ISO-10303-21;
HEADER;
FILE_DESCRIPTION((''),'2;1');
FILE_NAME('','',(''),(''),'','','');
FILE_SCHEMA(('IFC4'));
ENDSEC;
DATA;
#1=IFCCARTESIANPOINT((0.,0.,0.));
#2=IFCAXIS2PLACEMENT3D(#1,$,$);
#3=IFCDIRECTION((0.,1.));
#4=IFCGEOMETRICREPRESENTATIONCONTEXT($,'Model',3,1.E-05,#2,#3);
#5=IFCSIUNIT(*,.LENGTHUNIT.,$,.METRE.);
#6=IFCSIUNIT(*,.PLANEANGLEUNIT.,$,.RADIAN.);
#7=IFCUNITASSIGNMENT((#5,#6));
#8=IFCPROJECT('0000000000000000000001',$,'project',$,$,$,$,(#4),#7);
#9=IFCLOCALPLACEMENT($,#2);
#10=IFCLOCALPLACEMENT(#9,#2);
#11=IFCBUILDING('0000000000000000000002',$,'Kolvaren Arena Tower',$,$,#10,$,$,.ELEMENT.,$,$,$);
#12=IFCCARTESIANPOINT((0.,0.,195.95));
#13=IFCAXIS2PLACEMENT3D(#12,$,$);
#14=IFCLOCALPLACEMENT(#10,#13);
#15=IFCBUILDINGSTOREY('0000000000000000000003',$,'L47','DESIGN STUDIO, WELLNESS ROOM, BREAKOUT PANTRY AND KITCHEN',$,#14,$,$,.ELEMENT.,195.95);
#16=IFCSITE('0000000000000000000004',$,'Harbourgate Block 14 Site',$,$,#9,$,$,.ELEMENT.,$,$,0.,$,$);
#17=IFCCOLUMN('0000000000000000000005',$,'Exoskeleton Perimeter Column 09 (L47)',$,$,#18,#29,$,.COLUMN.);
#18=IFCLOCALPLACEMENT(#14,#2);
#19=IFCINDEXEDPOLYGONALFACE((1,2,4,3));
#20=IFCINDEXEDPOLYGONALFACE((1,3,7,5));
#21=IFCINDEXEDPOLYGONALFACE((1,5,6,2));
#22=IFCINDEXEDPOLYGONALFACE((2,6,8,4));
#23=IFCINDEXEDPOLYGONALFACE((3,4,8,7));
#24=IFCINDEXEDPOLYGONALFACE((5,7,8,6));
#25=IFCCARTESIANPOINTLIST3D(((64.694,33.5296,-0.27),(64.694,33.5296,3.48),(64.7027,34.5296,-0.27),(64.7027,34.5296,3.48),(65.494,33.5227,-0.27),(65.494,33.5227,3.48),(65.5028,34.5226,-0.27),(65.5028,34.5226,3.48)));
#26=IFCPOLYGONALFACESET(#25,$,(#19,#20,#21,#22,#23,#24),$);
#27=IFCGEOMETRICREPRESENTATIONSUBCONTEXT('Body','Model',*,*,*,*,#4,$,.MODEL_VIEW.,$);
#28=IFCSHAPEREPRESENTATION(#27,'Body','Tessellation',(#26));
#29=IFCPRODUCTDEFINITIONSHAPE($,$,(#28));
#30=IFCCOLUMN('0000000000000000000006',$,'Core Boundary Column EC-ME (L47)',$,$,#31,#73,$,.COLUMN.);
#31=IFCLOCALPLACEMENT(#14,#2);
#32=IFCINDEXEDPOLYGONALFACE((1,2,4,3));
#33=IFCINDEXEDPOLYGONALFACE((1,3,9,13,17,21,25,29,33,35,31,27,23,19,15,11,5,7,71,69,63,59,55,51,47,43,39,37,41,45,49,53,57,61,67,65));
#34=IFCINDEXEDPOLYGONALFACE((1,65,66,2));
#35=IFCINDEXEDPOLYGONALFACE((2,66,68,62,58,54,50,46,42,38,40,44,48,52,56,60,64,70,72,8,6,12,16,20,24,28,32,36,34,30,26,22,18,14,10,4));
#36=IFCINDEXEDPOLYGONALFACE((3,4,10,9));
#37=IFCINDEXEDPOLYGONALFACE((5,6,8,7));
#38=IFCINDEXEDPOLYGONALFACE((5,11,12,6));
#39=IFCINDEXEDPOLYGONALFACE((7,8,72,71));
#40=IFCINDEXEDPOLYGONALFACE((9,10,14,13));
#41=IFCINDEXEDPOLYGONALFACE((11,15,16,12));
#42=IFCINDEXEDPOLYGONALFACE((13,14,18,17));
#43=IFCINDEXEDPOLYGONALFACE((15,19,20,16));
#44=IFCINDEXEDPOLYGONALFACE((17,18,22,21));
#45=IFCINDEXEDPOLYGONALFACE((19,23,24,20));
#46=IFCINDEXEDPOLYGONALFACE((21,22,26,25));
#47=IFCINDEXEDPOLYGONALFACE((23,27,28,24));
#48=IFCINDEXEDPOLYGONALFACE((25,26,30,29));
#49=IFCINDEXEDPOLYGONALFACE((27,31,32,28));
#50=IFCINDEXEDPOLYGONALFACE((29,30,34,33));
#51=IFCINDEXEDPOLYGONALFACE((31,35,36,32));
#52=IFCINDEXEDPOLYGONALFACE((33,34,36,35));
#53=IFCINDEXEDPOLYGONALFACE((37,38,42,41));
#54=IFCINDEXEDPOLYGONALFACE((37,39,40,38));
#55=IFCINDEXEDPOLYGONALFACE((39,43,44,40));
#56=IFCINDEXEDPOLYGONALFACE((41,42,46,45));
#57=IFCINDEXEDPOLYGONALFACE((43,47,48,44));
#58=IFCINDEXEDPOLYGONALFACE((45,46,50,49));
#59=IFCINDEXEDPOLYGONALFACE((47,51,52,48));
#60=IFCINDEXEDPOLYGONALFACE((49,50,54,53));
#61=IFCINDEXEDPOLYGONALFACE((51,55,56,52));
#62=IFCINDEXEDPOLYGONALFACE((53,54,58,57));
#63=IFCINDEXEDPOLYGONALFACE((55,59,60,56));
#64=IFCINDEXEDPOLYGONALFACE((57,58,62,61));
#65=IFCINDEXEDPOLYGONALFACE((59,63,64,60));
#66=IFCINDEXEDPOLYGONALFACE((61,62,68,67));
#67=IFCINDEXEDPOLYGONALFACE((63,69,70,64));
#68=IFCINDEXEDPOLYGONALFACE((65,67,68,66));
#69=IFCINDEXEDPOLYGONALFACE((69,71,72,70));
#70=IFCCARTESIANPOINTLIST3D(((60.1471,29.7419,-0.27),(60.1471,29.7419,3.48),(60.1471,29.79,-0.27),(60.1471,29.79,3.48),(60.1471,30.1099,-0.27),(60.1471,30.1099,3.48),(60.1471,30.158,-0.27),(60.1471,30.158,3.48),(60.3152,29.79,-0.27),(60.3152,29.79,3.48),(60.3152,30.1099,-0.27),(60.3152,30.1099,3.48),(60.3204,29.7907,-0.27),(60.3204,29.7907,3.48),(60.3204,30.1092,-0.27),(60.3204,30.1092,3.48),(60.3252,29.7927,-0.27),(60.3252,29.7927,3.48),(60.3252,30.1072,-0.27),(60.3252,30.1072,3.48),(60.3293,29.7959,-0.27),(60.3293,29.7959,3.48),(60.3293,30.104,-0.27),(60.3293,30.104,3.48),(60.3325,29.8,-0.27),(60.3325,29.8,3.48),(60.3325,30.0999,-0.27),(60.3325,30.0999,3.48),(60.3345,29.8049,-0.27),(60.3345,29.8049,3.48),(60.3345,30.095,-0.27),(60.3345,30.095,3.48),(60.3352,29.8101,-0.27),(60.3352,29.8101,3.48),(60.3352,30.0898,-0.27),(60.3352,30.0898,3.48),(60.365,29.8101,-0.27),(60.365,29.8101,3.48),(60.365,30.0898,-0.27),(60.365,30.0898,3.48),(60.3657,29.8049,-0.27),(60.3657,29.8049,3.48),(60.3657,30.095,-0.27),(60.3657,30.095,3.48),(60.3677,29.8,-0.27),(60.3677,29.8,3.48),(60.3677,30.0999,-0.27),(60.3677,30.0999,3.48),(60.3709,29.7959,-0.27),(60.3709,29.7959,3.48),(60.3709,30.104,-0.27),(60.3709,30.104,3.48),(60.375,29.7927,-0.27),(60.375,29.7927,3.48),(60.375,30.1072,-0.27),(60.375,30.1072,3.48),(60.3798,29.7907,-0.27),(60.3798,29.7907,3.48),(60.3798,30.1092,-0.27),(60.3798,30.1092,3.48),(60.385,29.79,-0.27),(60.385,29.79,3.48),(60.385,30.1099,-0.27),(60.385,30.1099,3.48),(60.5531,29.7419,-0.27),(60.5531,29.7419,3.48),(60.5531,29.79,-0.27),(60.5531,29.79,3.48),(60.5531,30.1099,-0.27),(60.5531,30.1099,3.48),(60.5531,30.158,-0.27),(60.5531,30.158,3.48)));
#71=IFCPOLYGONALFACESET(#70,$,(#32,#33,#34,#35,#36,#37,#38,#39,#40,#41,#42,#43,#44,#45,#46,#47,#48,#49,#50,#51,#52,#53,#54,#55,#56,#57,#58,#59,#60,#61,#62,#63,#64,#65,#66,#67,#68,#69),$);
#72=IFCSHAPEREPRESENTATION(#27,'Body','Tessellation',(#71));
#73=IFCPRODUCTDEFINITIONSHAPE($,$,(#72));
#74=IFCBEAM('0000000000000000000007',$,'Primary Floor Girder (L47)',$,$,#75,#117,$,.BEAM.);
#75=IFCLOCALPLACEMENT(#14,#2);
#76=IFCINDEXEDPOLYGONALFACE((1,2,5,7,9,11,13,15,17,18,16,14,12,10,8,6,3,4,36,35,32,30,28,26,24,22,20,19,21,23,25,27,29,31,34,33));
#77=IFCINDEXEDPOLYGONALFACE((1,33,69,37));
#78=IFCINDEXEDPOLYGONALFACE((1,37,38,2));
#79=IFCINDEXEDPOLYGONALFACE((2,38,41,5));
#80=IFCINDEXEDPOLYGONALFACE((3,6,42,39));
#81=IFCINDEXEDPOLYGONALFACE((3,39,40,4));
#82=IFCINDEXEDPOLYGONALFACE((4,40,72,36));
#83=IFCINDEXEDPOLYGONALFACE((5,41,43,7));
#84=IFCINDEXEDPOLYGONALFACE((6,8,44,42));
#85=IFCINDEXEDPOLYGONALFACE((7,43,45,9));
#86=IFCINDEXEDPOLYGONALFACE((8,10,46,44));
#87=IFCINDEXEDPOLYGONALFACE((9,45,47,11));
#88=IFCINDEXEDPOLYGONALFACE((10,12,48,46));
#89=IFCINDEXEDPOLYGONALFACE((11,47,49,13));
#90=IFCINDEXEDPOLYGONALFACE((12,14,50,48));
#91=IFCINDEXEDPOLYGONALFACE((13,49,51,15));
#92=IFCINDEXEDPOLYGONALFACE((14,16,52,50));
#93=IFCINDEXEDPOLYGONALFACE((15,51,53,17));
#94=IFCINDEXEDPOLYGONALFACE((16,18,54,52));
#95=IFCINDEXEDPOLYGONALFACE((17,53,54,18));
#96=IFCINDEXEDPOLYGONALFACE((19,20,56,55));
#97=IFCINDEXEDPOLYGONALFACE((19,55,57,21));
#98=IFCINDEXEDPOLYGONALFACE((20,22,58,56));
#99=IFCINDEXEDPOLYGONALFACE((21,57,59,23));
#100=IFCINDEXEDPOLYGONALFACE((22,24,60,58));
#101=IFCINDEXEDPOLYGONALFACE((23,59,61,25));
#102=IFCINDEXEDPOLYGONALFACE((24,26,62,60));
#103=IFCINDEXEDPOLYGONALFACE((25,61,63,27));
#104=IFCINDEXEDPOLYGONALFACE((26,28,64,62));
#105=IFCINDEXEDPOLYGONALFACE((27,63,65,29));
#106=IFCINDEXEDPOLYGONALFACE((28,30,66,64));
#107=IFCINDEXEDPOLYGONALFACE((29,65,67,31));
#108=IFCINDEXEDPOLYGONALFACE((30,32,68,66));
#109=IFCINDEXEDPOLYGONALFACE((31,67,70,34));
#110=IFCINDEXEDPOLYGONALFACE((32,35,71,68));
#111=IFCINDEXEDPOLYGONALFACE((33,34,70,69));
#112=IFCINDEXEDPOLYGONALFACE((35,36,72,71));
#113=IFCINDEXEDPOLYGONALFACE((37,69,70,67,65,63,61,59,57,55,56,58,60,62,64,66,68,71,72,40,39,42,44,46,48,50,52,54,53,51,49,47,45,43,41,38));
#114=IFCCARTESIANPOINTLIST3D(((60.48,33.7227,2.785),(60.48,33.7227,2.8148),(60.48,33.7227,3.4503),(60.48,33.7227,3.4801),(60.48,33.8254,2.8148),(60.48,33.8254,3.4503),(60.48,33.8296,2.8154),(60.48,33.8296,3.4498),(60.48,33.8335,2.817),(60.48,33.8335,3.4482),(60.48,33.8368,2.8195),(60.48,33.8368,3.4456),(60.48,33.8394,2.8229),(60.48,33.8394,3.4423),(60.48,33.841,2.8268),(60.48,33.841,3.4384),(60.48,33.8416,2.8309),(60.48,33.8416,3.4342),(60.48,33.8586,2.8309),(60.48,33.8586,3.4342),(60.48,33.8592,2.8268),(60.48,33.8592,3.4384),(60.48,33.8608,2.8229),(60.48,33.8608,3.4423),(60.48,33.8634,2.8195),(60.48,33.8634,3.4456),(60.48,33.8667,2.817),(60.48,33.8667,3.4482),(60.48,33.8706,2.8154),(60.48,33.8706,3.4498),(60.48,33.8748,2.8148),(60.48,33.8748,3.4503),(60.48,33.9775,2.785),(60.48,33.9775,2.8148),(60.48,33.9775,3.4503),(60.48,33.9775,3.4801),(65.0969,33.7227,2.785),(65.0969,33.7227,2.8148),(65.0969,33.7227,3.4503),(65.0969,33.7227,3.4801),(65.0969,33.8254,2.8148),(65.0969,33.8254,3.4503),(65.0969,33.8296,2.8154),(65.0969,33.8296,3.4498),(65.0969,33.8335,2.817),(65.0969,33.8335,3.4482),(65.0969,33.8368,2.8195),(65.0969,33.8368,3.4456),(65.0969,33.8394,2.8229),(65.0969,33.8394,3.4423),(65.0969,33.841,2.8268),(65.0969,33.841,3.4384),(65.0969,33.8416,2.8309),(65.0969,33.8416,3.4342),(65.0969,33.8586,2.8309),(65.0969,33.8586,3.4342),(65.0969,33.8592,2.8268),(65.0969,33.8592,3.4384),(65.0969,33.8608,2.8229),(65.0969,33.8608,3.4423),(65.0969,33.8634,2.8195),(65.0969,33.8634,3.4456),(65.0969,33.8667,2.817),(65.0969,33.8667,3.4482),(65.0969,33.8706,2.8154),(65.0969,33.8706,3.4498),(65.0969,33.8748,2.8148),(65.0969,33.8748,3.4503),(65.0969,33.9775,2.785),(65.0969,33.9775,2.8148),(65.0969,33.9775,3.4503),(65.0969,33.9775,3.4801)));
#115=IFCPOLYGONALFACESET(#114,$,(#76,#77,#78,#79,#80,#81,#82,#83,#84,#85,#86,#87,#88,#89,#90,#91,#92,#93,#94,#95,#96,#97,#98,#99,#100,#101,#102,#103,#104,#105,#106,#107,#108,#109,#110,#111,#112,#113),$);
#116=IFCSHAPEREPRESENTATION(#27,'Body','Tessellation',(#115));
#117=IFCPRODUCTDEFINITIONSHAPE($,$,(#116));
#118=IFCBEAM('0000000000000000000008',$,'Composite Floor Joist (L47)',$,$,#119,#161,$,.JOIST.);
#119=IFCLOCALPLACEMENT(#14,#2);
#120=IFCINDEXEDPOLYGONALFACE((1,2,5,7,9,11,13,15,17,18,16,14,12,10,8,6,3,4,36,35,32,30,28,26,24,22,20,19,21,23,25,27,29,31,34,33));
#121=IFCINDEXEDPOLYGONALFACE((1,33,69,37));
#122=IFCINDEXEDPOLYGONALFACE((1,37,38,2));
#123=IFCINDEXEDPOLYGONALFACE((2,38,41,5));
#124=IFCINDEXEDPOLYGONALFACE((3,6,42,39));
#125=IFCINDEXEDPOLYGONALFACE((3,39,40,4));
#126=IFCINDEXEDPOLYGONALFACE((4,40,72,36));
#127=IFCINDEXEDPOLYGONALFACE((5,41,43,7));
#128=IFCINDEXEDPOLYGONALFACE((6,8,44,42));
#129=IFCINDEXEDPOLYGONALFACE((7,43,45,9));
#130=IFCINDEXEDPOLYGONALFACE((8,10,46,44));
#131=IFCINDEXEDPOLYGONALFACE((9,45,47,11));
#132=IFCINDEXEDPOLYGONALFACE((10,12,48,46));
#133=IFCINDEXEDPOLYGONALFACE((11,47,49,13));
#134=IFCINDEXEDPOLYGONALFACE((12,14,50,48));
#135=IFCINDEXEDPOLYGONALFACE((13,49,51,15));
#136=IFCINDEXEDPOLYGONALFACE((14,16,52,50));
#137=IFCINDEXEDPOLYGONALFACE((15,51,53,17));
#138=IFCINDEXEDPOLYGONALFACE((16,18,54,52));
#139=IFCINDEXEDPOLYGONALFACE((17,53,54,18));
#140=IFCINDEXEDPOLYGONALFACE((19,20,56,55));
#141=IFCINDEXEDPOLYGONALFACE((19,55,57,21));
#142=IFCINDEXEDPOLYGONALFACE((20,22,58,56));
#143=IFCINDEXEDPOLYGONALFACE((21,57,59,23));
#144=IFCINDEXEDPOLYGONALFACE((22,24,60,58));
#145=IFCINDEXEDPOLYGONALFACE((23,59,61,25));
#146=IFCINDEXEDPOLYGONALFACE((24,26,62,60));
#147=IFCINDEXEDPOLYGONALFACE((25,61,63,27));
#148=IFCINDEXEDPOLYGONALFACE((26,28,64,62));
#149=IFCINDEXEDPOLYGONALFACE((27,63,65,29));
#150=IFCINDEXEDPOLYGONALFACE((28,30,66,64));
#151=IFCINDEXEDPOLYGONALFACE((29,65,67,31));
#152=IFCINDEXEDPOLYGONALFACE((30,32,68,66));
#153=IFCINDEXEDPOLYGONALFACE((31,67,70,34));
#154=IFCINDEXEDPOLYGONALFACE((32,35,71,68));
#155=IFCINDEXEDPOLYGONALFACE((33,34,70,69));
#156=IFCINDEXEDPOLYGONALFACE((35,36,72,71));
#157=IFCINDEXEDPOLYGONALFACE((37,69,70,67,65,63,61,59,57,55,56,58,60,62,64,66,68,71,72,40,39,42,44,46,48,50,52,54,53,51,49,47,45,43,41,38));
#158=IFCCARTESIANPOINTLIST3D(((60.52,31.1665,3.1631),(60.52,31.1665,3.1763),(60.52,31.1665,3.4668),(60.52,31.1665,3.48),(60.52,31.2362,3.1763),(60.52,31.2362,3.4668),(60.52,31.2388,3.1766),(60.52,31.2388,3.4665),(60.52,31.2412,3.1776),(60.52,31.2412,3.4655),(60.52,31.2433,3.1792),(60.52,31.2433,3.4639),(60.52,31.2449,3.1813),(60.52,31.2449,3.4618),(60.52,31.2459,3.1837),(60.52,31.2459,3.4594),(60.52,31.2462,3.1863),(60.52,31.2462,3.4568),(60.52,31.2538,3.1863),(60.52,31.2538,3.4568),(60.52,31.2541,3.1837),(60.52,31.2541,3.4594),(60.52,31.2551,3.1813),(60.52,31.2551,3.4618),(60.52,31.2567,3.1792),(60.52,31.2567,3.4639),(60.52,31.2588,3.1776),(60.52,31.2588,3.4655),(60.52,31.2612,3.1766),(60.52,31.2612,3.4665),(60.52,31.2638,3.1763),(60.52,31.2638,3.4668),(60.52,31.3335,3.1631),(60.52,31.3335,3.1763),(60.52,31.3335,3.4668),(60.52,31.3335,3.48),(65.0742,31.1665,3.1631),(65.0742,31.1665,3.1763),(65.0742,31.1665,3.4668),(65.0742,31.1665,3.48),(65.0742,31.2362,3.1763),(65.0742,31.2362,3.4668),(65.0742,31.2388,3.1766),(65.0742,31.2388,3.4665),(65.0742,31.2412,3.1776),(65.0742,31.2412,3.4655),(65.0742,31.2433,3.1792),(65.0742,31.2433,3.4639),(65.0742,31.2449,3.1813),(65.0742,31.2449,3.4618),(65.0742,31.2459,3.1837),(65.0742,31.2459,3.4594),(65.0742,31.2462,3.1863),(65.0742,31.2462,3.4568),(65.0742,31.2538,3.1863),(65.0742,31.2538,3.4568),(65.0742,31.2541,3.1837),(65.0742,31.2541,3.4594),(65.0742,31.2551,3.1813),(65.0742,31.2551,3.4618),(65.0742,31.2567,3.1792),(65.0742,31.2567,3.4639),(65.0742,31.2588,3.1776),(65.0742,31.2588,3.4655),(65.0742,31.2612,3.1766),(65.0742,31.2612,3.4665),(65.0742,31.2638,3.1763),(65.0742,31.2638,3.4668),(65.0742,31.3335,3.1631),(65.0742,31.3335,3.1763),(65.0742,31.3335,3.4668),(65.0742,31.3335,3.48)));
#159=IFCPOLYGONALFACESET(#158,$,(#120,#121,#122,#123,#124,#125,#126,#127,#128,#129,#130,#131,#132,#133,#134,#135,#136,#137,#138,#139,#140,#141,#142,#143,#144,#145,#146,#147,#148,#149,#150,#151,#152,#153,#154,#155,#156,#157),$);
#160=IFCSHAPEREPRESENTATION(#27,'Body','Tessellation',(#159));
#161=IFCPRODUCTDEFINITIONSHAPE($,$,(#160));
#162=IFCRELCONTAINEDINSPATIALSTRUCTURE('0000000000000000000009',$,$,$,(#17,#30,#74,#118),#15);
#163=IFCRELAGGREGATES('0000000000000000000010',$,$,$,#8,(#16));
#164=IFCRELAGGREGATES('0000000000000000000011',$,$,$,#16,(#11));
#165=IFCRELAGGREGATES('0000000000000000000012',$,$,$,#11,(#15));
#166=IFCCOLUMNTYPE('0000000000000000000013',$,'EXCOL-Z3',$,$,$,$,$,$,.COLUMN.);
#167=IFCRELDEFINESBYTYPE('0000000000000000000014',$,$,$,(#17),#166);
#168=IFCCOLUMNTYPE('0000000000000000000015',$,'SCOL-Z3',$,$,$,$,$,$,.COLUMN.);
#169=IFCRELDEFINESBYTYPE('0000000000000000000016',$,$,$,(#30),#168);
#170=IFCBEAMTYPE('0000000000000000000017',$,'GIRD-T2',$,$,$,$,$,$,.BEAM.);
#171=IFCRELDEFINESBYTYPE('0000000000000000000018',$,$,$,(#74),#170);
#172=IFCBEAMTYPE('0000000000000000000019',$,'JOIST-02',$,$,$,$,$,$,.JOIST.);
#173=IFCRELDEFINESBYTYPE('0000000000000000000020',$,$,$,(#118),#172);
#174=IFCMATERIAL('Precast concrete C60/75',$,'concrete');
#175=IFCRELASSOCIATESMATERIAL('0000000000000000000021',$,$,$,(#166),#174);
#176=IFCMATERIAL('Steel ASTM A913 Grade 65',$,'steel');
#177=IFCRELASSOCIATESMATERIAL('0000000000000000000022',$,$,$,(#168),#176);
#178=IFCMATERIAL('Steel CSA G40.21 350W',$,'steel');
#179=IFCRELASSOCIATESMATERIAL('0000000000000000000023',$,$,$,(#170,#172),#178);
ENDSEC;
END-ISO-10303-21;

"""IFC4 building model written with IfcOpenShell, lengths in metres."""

from ifc_helpers import new_model, si_unit, direction, frame, origin, origin_2d, place, context, subcontext, project, spatial, rectangle, i_section, extrude, material, material_profile, profile_set, type_object, element, save


model = new_model("IFC4")

# Units and contexts
model_context = context("Model", 3, precision=1e-05, world=origin(), true_north=direction((0.0, 1.0)))
body_context = subcontext(model_context, "Body", "Model", "MODEL_VIEW")
ifc_project = project(units=[si_unit("LENGTHUNIT", "METRE"), si_unit("PLANEANGLEUNIT", "RADIAN")], contexts=[model_context])

# Site, building, storey
site_placement = place(None, origin())
site = spatial("IfcSite", under=ifc_project, at=site_placement, Name="Harbourgate Block 14 Site", CompositionType="ELEMENT", RefElevation=0.0)
building_placement = place(site_placement, origin())
building = spatial("IfcBuilding", under=site, at=building_placement, Name="Kolvaren Arena Tower", CompositionType="ELEMENT")
storey_placement = place(building_placement, frame((0.0, 0.0, 195.95)))
storey = spatial("IfcBuildingStorey", under=building, at=storey_placement, Name="L47", Description="DESIGN STUDIO, WELLNESS ROOM, BREAKOUT PANTRY AND KITCHEN", CompositionType="ELEMENT", Elevation=195.95)

# Columns
ifc_material_1 = material(Name="Precast concrete C60/75", Category="concrete")
ifc_material_profile_1 = material_profile(ifc_material_1, rectangle(XDim=1.0, YDim=0.8, at=origin_2d()), Name="RC-1000x800")
ifc_profile_set_1 = profile_set([ifc_material_profile_1], Name="Precast concrete C60/75")
column_type_1 = type_object("IfcColumnType", Name="EXCOL-Z3", PredefinedType="COLUMN", material=ifc_profile_set_1)
column_1_placement = place(storey_placement, frame((65.0984, 34.0261, -0.27), z_axis=(0.0, 0.0, 1.0), x_axis=(0.008727, 0.999962, 0.0)))
element("IfcColumn", 1, at=column_1_placement, inside=storey, type_object=column_type_1, Name="Exoskeleton Perimeter Column 09 (L47)", PredefinedType="COLUMN", context=body_context, shape_type="SweptSolid", body=[
    extrude(rectangle(XDim=1.0, YDim=0.8, at=origin_2d()), origin(), (0.0, 0.0, 1.0), 3.75),
])
ifc_material_2 = material(Name="Steel ASTM A913 Grade 65", Category="steel")
ifc_material_profile_2 = material_profile(ifc_material_2, i_section(OverallWidth=0.406, OverallDepth=0.416, WebThickness=0.0298, FlangeThickness=0.0481, FilletRadius=0.02, at=origin_2d()), Name="W360x382")
ifc_profile_set_2 = profile_set([ifc_material_profile_2], Name="Steel ASTM A913 Grade 65")
column_type_2 = type_object("IfcColumnType", Name="SCOL-Z3", PredefinedType="COLUMN", material=ifc_profile_set_2)
column_2_placement = place(storey_placement, frame((60.3501, 29.95, -0.27), z_axis=(0.0, 0.0, 1.0), x_axis=(1.0, 0.0, 0.0)))
element("IfcColumn", 2, at=column_2_placement, inside=storey, type_object=column_type_2, Name="Core Boundary Column EC-ME (L47)", PredefinedType="COLUMN", context=body_context, shape_type="SweptSolid", body=[
    extrude(i_section(OverallWidth=0.406, OverallDepth=0.416, WebThickness=0.0298, FlangeThickness=0.0481, FilletRadius=0.02, at=origin_2d()), origin(), (0.0, 0.0, 1.0), 3.75),
])

# Beams
ifc_material_3 = material(Name="Steel CSA G40.21 350W", Category="steel")
ifc_material_profile_3 = material_profile(ifc_material_3, i_section(OverallWidth=0.2549, OverallDepth=0.6951, WebThickness=0.0171, FlangeThickness=0.0298, FilletRadius=0.0161, at=origin_2d()), Name="W690x217")
ifc_profile_set_3 = profile_set([ifc_material_profile_3], Name="Steel CSA G40.21 350W")
beam_type_1 = type_object("IfcBeamType", Name="GIRD-T2", PredefinedType="BEAM", material=ifc_profile_set_3)
beam_1_placement = place(storey_placement, frame((60.48, 33.8501, 3.1326), z_axis=(1.0, 0.0, 0.0), x_axis=(0.0, 1.0, 0.0)))
element("IfcBeam", 3, at=beam_1_placement, inside=storey, type_object=beam_type_1, Name="Primary Floor Girder (L47)", PredefinedType="BEAM", context=body_context, shape_type="SweptSolid", body=[
    extrude(i_section(OverallWidth=0.2549, OverallDepth=0.6951, WebThickness=0.0171, FlangeThickness=0.0298, FilletRadius=0.0161, at=origin_2d()), origin(), (0.0, 0.0, 1.0), 4.6169),
])
ifc_material_profile_4 = material_profile(ifc_material_3, i_section(OverallWidth=0.167, OverallDepth=0.3169, WebThickness=0.0076, FlangeThickness=0.0132, FilletRadius=0.01, at=origin_2d()), Name="W310x52")
ifc_profile_set_4 = profile_set([ifc_material_profile_4], Name="Steel CSA G40.21 350W")
beam_type_2 = type_object("IfcBeamType", Name="JOIST-02", PredefinedType="JOIST", material=ifc_profile_set_4)
beam_2_placement = place(storey_placement, frame((60.52, 31.25, 3.3215), z_axis=(1.0, 0.0, 0.0), x_axis=(0.0, 1.0, 0.0)))
element("IfcBeam", 4, at=beam_2_placement, inside=storey, type_object=beam_type_2, Name="Composite Floor Joist (L47)", PredefinedType="JOIST", context=body_context, shape_type="SweptSolid", body=[
    extrude(i_section(OverallWidth=0.167, OverallDepth=0.3169, WebThickness=0.0076, FlangeThickness=0.0132, FilletRadius=0.01, at=origin_2d()), origin(), (0.0, 0.0, 1.0), 4.5542),
])

save(model, "model.ifc")
